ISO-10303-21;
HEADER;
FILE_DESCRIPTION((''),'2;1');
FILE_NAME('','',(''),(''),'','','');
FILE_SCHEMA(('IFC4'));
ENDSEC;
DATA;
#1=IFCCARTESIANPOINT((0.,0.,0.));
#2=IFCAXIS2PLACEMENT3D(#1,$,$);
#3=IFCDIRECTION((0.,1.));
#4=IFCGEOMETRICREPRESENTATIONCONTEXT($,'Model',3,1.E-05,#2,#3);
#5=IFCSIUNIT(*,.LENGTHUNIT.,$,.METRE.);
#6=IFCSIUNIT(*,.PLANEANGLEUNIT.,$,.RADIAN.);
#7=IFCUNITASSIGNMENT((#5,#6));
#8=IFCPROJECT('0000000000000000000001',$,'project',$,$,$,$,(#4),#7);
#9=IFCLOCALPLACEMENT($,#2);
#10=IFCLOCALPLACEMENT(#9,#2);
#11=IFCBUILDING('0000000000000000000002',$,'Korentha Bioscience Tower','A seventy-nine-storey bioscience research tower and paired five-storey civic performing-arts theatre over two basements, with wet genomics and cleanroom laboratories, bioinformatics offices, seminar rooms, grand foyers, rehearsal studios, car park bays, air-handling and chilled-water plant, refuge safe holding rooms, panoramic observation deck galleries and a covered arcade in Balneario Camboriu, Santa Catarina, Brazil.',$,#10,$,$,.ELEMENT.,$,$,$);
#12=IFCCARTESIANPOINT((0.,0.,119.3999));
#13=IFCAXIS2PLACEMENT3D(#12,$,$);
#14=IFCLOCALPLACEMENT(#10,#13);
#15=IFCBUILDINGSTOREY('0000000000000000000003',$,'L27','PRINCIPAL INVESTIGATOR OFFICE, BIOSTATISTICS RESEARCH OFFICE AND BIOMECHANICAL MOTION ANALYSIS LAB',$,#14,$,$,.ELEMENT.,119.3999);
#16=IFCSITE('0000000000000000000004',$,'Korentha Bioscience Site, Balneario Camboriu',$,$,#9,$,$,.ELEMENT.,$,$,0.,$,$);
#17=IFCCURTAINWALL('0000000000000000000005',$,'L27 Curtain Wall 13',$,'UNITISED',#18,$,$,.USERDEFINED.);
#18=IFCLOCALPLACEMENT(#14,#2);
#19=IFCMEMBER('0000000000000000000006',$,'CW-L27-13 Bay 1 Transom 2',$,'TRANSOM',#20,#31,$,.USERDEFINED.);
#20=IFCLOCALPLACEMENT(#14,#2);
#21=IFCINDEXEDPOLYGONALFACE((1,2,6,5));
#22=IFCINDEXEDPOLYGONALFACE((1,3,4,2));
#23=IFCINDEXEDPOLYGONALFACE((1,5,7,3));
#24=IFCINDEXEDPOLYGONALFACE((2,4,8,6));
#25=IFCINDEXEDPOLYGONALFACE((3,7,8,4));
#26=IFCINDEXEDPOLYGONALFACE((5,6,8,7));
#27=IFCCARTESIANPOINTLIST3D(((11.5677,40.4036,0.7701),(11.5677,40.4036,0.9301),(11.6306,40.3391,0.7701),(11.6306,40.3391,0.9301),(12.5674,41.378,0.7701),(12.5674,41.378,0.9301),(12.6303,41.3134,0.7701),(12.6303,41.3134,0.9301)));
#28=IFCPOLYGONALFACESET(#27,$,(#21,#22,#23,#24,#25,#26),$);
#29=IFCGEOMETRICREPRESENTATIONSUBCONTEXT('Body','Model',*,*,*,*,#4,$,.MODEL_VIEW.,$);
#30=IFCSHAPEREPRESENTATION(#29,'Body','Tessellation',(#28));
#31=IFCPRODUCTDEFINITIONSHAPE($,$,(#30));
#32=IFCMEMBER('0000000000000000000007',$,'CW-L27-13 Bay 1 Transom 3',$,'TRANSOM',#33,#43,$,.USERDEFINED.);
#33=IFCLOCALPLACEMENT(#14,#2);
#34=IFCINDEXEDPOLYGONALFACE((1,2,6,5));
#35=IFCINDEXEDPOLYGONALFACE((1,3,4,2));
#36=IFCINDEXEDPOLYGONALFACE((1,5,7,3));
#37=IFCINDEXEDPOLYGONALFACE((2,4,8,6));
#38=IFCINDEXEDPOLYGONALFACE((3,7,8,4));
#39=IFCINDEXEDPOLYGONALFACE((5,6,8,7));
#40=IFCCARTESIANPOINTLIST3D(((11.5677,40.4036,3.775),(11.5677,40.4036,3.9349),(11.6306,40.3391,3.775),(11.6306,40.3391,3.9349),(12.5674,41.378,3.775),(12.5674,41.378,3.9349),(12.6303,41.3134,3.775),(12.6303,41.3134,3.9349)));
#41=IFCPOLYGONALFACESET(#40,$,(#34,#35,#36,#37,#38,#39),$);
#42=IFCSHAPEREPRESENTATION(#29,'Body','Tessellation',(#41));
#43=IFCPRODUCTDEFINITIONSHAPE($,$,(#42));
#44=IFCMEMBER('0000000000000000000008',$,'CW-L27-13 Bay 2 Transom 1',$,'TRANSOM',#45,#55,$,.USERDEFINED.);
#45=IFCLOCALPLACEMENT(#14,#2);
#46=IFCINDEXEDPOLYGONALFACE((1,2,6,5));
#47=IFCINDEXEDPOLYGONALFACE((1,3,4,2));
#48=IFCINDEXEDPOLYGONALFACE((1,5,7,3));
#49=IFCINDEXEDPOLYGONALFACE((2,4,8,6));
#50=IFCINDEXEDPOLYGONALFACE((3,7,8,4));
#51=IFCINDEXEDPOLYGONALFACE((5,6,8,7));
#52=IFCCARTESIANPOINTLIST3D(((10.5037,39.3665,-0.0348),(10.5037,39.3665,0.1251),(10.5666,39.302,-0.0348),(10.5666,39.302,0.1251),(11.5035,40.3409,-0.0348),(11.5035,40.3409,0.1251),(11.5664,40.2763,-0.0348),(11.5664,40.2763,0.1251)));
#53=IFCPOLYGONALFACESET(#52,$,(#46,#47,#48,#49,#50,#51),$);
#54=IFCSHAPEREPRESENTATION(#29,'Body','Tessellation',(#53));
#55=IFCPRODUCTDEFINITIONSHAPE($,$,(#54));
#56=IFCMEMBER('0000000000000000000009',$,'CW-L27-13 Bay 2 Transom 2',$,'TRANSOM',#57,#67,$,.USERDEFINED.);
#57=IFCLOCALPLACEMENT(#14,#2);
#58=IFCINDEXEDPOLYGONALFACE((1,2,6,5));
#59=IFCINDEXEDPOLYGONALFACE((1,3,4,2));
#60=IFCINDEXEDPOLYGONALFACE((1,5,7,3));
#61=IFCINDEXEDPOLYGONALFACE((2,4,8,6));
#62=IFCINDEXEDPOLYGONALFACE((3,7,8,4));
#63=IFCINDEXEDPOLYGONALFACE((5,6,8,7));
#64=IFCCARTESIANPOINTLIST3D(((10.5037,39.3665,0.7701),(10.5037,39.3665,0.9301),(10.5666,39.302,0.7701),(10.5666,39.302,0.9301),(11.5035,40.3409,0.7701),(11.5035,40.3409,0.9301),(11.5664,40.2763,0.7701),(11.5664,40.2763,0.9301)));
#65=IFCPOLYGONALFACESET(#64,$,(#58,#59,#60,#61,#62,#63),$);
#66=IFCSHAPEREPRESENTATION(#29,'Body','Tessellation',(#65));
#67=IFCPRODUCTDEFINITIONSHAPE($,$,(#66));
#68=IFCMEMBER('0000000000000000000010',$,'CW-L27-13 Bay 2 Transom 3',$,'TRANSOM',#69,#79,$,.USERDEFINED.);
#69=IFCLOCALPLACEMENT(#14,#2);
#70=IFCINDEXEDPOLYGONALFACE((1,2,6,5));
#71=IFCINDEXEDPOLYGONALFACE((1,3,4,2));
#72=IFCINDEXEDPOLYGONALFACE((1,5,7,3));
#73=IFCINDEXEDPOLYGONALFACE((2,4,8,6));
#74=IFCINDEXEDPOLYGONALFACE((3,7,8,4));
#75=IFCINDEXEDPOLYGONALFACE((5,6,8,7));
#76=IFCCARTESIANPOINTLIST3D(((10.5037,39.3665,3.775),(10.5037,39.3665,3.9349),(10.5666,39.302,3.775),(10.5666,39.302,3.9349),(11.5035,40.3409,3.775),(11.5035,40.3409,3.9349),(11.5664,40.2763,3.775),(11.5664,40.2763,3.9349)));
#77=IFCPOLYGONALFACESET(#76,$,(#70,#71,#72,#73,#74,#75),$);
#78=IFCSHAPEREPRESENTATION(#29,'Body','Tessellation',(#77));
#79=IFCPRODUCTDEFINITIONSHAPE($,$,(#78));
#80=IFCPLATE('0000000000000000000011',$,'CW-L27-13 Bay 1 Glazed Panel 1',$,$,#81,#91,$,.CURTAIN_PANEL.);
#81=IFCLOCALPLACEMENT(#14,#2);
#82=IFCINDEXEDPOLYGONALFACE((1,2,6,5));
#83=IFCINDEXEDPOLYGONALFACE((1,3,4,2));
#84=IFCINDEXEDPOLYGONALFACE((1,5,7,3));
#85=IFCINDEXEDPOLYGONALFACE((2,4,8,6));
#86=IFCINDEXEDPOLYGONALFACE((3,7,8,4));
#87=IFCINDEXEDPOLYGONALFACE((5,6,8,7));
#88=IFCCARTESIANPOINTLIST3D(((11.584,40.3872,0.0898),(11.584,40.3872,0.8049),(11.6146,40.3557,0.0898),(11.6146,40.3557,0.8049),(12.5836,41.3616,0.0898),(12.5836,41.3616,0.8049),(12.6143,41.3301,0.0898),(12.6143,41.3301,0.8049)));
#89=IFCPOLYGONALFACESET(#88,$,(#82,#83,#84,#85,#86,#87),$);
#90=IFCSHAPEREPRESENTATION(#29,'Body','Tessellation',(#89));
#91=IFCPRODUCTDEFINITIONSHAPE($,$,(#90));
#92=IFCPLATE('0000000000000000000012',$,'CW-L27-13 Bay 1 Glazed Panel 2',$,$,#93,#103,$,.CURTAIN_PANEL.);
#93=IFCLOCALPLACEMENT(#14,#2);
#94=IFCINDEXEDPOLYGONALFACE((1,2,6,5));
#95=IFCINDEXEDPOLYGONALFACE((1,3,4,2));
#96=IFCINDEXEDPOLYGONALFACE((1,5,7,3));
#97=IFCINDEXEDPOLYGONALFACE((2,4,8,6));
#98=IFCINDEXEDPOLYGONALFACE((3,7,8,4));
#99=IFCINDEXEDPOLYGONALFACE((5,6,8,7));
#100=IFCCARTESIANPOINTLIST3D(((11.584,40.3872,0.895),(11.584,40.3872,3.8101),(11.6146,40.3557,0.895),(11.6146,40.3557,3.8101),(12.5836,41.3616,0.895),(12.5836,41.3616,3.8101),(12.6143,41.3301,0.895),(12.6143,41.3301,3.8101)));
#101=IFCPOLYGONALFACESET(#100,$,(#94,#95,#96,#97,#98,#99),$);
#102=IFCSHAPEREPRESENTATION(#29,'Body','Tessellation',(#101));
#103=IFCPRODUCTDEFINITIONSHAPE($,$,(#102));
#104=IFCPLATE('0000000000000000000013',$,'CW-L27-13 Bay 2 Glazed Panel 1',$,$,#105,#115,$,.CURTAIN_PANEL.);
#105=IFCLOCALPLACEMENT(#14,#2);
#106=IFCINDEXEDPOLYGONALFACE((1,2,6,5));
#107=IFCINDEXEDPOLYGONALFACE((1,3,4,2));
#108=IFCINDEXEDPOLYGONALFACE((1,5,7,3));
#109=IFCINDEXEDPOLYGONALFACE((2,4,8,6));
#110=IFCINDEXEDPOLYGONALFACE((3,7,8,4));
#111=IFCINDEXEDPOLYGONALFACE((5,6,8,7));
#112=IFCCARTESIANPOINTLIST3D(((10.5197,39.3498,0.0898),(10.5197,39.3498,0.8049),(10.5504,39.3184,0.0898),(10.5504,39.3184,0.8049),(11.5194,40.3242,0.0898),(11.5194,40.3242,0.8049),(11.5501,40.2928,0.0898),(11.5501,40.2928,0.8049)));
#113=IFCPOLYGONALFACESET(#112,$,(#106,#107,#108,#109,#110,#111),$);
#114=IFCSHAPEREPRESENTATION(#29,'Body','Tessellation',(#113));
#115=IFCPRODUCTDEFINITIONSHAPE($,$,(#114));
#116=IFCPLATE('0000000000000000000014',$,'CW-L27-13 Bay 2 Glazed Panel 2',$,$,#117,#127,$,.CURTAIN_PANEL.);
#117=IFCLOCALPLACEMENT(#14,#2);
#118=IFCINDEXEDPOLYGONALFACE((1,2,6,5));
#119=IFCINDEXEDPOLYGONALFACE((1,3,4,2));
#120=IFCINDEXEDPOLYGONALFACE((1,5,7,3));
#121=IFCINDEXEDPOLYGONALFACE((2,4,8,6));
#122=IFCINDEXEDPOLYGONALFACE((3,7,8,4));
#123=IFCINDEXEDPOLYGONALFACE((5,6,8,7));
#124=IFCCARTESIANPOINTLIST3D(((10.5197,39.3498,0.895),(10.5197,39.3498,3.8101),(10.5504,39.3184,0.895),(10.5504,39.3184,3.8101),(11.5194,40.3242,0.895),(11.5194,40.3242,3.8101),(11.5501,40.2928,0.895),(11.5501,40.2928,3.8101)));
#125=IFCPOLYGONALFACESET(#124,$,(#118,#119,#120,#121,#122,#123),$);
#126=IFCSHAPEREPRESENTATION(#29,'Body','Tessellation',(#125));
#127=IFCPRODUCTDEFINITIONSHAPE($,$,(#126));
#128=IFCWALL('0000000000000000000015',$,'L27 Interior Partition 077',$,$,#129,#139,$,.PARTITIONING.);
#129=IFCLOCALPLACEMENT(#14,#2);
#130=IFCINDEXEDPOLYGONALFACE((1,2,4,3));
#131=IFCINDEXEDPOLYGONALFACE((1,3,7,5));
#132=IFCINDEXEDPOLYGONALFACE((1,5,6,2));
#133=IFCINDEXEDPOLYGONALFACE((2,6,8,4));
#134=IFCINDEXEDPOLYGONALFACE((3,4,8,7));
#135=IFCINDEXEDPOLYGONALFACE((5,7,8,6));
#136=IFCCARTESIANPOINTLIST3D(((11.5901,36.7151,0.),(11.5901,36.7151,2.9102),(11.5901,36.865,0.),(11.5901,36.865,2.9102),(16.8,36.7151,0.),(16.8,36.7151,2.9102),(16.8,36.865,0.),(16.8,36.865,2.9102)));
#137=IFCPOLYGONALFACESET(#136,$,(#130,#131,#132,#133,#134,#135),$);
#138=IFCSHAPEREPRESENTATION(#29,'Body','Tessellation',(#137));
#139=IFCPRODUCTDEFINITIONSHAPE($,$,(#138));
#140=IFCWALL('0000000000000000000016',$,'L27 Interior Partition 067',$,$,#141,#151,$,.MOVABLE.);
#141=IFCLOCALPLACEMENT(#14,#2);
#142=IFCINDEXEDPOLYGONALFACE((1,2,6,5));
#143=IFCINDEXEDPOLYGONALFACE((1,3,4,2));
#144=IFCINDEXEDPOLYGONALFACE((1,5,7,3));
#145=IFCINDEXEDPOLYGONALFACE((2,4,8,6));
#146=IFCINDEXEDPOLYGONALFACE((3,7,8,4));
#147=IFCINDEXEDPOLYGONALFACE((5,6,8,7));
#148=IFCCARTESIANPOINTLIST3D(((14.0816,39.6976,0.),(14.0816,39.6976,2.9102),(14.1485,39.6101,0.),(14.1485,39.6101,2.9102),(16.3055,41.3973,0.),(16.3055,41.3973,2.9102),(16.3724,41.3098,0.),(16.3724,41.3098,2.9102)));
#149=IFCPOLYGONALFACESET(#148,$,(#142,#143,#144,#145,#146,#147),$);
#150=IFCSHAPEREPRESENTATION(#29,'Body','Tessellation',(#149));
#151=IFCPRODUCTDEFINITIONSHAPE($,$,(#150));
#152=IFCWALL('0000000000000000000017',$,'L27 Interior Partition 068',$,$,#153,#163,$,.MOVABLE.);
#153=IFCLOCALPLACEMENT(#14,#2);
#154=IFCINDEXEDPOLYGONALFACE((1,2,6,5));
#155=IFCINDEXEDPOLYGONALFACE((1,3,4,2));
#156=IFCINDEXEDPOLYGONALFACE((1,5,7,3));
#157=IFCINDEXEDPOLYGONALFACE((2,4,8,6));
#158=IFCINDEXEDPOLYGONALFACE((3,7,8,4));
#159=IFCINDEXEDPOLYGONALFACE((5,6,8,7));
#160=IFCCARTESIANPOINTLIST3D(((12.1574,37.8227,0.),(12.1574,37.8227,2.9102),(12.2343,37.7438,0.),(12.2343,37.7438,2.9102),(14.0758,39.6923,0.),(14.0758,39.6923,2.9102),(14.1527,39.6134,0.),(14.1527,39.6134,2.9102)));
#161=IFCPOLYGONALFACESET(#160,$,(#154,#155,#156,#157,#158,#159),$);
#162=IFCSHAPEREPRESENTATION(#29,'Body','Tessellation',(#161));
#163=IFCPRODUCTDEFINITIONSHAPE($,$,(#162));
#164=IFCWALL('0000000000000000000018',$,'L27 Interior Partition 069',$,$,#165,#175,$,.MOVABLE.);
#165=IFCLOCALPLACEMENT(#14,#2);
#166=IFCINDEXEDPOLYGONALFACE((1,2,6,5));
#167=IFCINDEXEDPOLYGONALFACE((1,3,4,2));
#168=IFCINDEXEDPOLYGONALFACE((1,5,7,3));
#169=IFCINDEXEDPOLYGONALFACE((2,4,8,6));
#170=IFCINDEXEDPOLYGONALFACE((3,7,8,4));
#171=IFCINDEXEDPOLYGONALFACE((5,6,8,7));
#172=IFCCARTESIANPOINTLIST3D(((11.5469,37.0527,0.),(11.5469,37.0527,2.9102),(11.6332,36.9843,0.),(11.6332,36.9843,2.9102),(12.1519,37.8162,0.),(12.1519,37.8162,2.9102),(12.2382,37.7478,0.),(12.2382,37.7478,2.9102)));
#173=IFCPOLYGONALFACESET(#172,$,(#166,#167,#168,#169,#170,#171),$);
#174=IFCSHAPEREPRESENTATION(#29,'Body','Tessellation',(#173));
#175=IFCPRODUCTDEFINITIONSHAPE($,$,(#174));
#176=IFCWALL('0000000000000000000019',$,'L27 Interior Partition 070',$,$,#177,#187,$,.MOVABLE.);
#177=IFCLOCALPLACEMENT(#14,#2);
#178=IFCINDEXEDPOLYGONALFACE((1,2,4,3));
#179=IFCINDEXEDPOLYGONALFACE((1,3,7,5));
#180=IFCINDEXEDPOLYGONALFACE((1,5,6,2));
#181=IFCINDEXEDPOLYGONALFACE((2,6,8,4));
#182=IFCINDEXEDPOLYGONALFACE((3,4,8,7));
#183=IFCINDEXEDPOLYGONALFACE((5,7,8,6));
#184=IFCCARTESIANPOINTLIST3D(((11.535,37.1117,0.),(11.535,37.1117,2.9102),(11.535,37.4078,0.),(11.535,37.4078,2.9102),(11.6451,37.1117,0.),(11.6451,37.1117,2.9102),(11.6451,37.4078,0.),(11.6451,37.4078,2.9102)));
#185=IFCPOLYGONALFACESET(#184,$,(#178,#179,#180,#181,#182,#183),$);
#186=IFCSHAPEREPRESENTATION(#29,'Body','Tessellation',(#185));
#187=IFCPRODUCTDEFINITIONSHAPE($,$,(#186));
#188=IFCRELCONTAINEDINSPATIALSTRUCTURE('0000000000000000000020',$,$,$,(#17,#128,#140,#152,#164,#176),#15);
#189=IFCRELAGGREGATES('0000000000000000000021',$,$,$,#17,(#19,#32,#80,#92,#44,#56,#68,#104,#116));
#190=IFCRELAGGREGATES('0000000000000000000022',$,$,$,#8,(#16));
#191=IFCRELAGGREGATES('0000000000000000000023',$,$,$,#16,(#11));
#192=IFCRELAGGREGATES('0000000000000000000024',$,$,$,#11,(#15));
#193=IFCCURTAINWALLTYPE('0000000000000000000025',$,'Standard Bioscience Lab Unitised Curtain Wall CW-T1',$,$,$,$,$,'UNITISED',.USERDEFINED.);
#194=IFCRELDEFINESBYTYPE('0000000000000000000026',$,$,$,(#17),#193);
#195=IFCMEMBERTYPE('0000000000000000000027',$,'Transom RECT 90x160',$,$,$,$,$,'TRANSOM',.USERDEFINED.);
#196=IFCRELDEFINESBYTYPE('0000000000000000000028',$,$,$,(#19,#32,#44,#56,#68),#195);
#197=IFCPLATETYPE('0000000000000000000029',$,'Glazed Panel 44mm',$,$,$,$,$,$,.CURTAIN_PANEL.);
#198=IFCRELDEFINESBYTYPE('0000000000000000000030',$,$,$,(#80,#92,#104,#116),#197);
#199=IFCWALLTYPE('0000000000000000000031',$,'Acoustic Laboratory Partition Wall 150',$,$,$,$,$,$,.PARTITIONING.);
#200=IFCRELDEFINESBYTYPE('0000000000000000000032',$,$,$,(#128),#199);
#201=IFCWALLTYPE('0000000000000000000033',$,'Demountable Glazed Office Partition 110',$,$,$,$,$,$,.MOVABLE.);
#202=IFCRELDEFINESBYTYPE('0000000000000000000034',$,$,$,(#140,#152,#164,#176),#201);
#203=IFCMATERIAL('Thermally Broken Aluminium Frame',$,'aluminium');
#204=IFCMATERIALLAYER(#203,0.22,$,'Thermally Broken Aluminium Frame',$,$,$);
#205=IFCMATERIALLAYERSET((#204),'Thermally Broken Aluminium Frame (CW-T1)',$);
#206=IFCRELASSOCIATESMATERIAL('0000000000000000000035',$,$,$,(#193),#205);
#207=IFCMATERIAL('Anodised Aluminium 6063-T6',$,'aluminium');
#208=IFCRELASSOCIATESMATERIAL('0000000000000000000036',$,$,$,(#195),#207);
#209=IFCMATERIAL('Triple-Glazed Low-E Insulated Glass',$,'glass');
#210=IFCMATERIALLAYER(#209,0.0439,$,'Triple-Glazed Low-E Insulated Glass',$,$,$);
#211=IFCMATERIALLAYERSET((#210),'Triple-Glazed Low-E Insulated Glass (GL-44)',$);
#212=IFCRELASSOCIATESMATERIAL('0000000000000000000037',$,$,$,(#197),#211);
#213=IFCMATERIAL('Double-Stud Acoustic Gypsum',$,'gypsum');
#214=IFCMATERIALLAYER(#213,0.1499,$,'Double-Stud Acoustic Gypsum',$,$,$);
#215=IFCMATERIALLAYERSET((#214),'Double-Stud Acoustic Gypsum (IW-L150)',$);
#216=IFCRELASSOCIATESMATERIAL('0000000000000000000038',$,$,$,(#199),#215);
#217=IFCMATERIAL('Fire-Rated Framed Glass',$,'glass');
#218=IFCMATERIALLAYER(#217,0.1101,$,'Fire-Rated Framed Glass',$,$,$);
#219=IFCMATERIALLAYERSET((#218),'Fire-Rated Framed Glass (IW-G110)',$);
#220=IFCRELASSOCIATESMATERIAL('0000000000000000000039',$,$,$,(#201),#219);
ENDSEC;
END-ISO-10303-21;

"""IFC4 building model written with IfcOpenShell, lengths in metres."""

from ifc_helpers import new_model, si_unit, direction, frame, frame_2d, origin, origin_2d, place, context, subcontext, project, spatial, rectangle, extrude, material, layer, layer_set, material_profile, profile_set, type_object, element, aggregate, save


model = new_model("IFC4")

# Units and contexts
model_context = context("Model", 3, precision=1e-05, world=origin(), true_north=direction((0.0, 1.0)))
body_context = subcontext(model_context, "Body", "Model", "MODEL_VIEW")
ifc_project = project(units=[si_unit("LENGTHUNIT", "METRE"), si_unit("PLANEANGLEUNIT", "RADIAN")], contexts=[model_context])

# Site, building, storey
site_placement = place(None, origin())
site = spatial("IfcSite", under=ifc_project, at=site_placement, Name="Korentha Bioscience Site, Balneario Camboriu", CompositionType="ELEMENT", RefElevation=0.0)
building_placement = place(site_placement, origin())
building = spatial("IfcBuilding", under=site, at=building_placement, Name="Korentha Bioscience Tower", Description="A seventy-nine-storey bioscience research tower and paired five-storey civic performing-arts theatre over two basements, with wet genomics and cleanroom laboratories, bioinformatics offices, seminar rooms, grand foyers, rehearsal studios, car park bays, air-handling and chilled-water plant, refuge safe holding rooms, panoramic observation deck galleries and a covered arcade in Balneario Camboriu, Santa Catarina, Brazil.", CompositionType="ELEMENT")
storey_placement = place(building_placement, frame((0.0, 0.0, 119.3999)))
storey = spatial("IfcBuildingStorey", under=building, at=storey_placement, Name="L27", Description="PRINCIPAL INVESTIGATOR OFFICE, BIOSTATISTICS RESEARCH OFFICE AND BIOMECHANICAL MOTION ANALYSIS LAB", CompositionType="ELEMENT", Elevation=119.3999)

# Curtain wall
ifc_material_1 = material(Name="Thermally Broken Aluminium Frame", Category="aluminium")
ifc_layer_1 = layer(ifc_material_1, 0.22, Name="Thermally Broken Aluminium Frame")
ifc_layer_set_1 = layer_set([ifc_layer_1], Name="Thermally Broken Aluminium Frame (CW-T1)")
curtain_wall_type = type_object("IfcCurtainWallType", Name="Standard Bioscience Lab Unitised Curtain Wall CW-T1", ElementType="UNITISED", PredefinedType="USERDEFINED", material=ifc_layer_set_1)
curtain_wall_placement = place(storey_placement, origin())
curtain_wall = element("IfcCurtainWall", 1, at=curtain_wall_placement, inside=storey, type_object=curtain_wall_type, Name="L27 Curtain Wall 13", ObjectType="UNITISED", PredefinedType="USERDEFINED")
ifc_material_2 = material(Name="Anodised Aluminium 6063-T6", Category="aluminium")

# Members
ifc_material_profile_1 = material_profile(ifc_material_2, rectangle(XDim=0.0901, YDim=0.1599, at=origin_2d()), Name="Anodised Aluminium 6063-T6")
ifc_profile_set_1 = profile_set([ifc_material_profile_1], Name="Anodised Aluminium 6063-T6 (CW-TRN)")
member_type_1 = type_object("IfcMemberType", Name="Transom RECT 90x160", ElementType="TRANSOM", PredefinedType="USERDEFINED", material=ifc_profile_set_1)
member_1_placement = place(storey_placement, frame((12.5989, 41.3457, 0.8501), z_axis=(-0.716142, -0.697954, 0.0), x_axis=(0.697954, -0.716142, 0.0)))
member_1 = element("IfcMember", 2, at=member_1_placement, type_object=member_type_1, Name="CW-L27-13 Bay 1 Transom 2", ObjectType="TRANSOM", PredefinedType="USERDEFINED", context=body_context, shape_type="SweptSolid", body=[
    extrude(rectangle(XDim=0.0901, YDim=0.1599, at=origin_2d()), origin(), (0.0, 0.0, 1.0), 1.396),
])
member_2_placement = place(storey_placement, frame((12.5989, 41.3457, 3.855), z_axis=(-0.716142, -0.697954, 0.0), x_axis=(0.697954, -0.716142, 0.0)))
member_2 = element("IfcMember", 3, at=member_2_placement, type_object=member_type_1, Name="CW-L27-13 Bay 1 Transom 3", ObjectType="TRANSOM", PredefinedType="USERDEFINED", context=body_context, shape_type="SweptSolid", body=[
    extrude(rectangle(XDim=0.0901, YDim=0.1599, at=origin_2d()), origin(), (0.0, 0.0, 1.0), 1.396),
])
member_3_placement = place(storey_placement, frame((11.5349, 40.3086, 0.0452), z_axis=(-0.716142, -0.697954, 0.0), x_axis=(0.697954, -0.716142, 0.0)))
member_3 = element("IfcMember", 4, at=member_3_placement, type_object=member_type_1, Name="CW-L27-13 Bay 2 Transom 1", ObjectType="TRANSOM", PredefinedType="USERDEFINED", context=body_context, shape_type="SweptSolid", body=[
    extrude(rectangle(XDim=0.0901, YDim=0.1599, at=origin_2d()), origin(), (0.0, 0.0, 1.0), 1.396),
])
member_4_placement = place(storey_placement, frame((11.5349, 40.3086, 0.8501), z_axis=(-0.716142, -0.697954, 0.0), x_axis=(0.697954, -0.716142, 0.0)))
member_4 = element("IfcMember", 5, at=member_4_placement, type_object=member_type_1, Name="CW-L27-13 Bay 2 Transom 2", ObjectType="TRANSOM", PredefinedType="USERDEFINED", context=body_context, shape_type="SweptSolid", body=[
    extrude(rectangle(XDim=0.0901, YDim=0.1599, at=origin_2d()), origin(), (0.0, 0.0, 1.0), 1.396),
])
member_5_placement = place(storey_placement, frame((11.5349, 40.3086, 3.855), z_axis=(-0.716142, -0.697954, 0.0), x_axis=(0.697954, -0.716142, 0.0)))
member_5 = element("IfcMember", 6, at=member_5_placement, type_object=member_type_1, Name="CW-L27-13 Bay 2 Transom 3", ObjectType="TRANSOM", PredefinedType="USERDEFINED", context=body_context, shape_type="SweptSolid", body=[
    extrude(rectangle(XDim=0.0901, YDim=0.1599, at=origin_2d()), origin(), (0.0, 0.0, 1.0), 1.396),
])

# Plates
ifc_material_3 = material(Name="Triple-Glazed Low-E Insulated Glass", Category="glass")
ifc_layer_2 = layer(ifc_material_3, 0.0439, Name="Triple-Glazed Low-E Insulated Glass")
ifc_layer_set_2 = layer_set([ifc_layer_2], Name="Triple-Glazed Low-E Insulated Glass (GL-44)")
plate_type = type_object("IfcPlateType", Name="Glazed Panel 44mm", PredefinedType="CURTAIN_PANEL", material=ifc_layer_set_2)
plate_1_placement = place(storey_placement, frame((12.0991, 40.8586, 0.0898), z_axis=(0.0, 0.0, 1.0), x_axis=(-0.716096, -0.698002, 0.0)))
plate_1 = element("IfcPlate", 7, at=plate_1_placement, type_object=plate_type, Name="CW-L27-13 Bay 1 Glazed Panel 1", PredefinedType="CURTAIN_PANEL", context=body_context, shape_type="SweptSolid", body=[
    extrude(rectangle(XDim=1.396, YDim=0.0439, at=origin_2d()), origin(), (0.0, 0.0, 1.0), 0.7151),
])
plate_2_placement = place(storey_placement, frame((12.0991, 40.8586, 0.895), z_axis=(0.0, 0.0, 1.0), x_axis=(-0.716096, -0.698002, 0.0)))
plate_2 = element("IfcPlate", 8, at=plate_2_placement, type_object=plate_type, Name="CW-L27-13 Bay 1 Glazed Panel 2", PredefinedType="CURTAIN_PANEL", context=body_context, shape_type="SweptSolid", body=[
    extrude(rectangle(XDim=1.396, YDim=0.0439, at=origin_2d()), origin(), (0.0, 0.0, 1.0), 2.915),
])
plate_3_placement = place(storey_placement, frame((11.0349, 39.8213, 0.0898), z_axis=(0.0, 0.0, 1.0), x_axis=(-0.716096, -0.698002, 0.0)))
plate_3 = element("IfcPlate", 9, at=plate_3_placement, type_object=plate_type, Name="CW-L27-13 Bay 2 Glazed Panel 1", PredefinedType="CURTAIN_PANEL", context=body_context, shape_type="SweptSolid", body=[
    extrude(rectangle(XDim=1.396, YDim=0.0439, at=origin_2d()), origin(), (0.0, 0.0, 1.0), 0.7151),
])
plate_4_placement = place(storey_placement, frame((11.0349, 39.8213, 0.895), z_axis=(0.0, 0.0, 1.0), x_axis=(-0.716096, -0.698002, 0.0)))
plate_4 = element("IfcPlate", 10, at=plate_4_placement, type_object=plate_type, Name="CW-L27-13 Bay 2 Glazed Panel 2", PredefinedType="CURTAIN_PANEL", context=body_context, shape_type="SweptSolid", body=[
    extrude(rectangle(XDim=1.396, YDim=0.0439, at=origin_2d()), origin(), (0.0, 0.0, 1.0), 2.915),
])
aggregate(curtain_wall, [member_1, member_2, plate_1, plate_2, member_3, member_4, member_5, plate_3, plate_4])

# Walls
ifc_material_4 = material(Name="Double-Stud Acoustic Gypsum", Category="gypsum")
ifc_layer_3 = layer(ifc_material_4, 0.1499, Name="Double-Stud Acoustic Gypsum")
ifc_layer_set_3 = layer_set([ifc_layer_3], Name="Double-Stud Acoustic Gypsum (IW-L150)")
wall_type_1 = type_object("IfcWallType", Name="Acoustic Laboratory Partition Wall 150", PredefinedType="PARTITIONING", material=ifc_layer_set_3)
wall_1_placement = place(storey_placement, frame((11.5901, 36.79, 0.0), z_axis=(0.0, 0.0, 1.0), x_axis=(1.0, 0.0, 0.0)))
element("IfcWall", 11, at=wall_1_placement, inside=storey, type_object=wall_type_1, Name="L27 Interior Partition 077", PredefinedType="PARTITIONING", context=body_context, shape_type="SweptSolid", body=[
    extrude(rectangle(XDim=5.21, YDim=0.1499, at=frame_2d((2.605, 0.0))), origin(), (0.0, 0.0, 1.0), 2.9102),
])
ifc_material_5 = material(Name="Fire-Rated Framed Glass", Category="glass")
ifc_layer_4 = layer(ifc_material_5, 0.1101, Name="Fire-Rated Framed Glass")
ifc_layer_set_4 = layer_set([ifc_layer_4], Name="Fire-Rated Framed Glass (IW-G110)")
wall_type_2 = type_object("IfcWallType", Name="Demountable Glazed Office Partition 110", PredefinedType="MOVABLE", material=ifc_layer_set_4)
wall_2_placement = place(storey_placement, frame((16.3389, 41.3535, 0.0), z_axis=(0.0, 0.0, 1.0), x_axis=(-0.794514, -0.607246, 0.0)))
element("IfcWall", 12, at=wall_2_placement, inside=storey, type_object=wall_type_2, Name="L27 Interior Partition 067", PredefinedType="MOVABLE", context=body_context, shape_type="SweptSolid", body=[
    extrude(rectangle(XDim=2.7991, YDim=0.1101, at=frame_2d((1.3994, 0.0))), origin(), (0.0, 0.0, 1.0), 2.9102),
])
wall_3_placement = place(storey_placement, frame((14.1143, 39.6528, 0.0), z_axis=(0.0, 0.0, 1.0), x_axis=(-0.716162, -0.697934, 0.0)))
element("IfcWall", 13, at=wall_3_placement, inside=storey, type_object=wall_type_2, Name="L27 Interior Partition 068", PredefinedType="MOVABLE", context=body_context, shape_type="SweptSolid", body=[
    extrude(rectangle(XDim=2.6787, YDim=0.1101, at=frame_2d((1.3394, 0.0))), origin(), (0.0, 0.0, 1.0), 2.9102),
])
wall_4_placement = place(storey_placement, frame((12.1951, 37.782, 0.0), z_axis=(0.0, 0.0, 1.0), x_axis=(-0.621082, -0.783746, 0.0)))
element("IfcWall", 14, at=wall_4_placement, inside=storey, type_object=wall_type_2, Name="L27 Interior Partition 069", PredefinedType="MOVABLE", context=body_context, shape_type="SweptSolid", body=[
    extrude(rectangle(XDim=0.9741, YDim=0.1101, at=frame_2d((0.4871, 0.0))), origin(), (0.0, 0.0, 1.0), 2.9102),
])
wall_5_placement = place(storey_placement, frame((11.5901, 37.1118, 0.0), z_axis=(0.0, 0.0, 1.0), x_axis=(0.0, 1.0, 0.0)))
element("IfcWall", 15, at=wall_5_placement, inside=storey, type_object=wall_type_2, Name="L27 Interior Partition 070", PredefinedType="MOVABLE", context=body_context, shape_type="SweptSolid", body=[
    extrude(rectangle(XDim=0.2961, YDim=0.1101, at=frame_2d((0.1479, 0.0))), origin(), (0.0, 0.0, 1.0), 2.9102),
])

save(model, "model.ifc")
